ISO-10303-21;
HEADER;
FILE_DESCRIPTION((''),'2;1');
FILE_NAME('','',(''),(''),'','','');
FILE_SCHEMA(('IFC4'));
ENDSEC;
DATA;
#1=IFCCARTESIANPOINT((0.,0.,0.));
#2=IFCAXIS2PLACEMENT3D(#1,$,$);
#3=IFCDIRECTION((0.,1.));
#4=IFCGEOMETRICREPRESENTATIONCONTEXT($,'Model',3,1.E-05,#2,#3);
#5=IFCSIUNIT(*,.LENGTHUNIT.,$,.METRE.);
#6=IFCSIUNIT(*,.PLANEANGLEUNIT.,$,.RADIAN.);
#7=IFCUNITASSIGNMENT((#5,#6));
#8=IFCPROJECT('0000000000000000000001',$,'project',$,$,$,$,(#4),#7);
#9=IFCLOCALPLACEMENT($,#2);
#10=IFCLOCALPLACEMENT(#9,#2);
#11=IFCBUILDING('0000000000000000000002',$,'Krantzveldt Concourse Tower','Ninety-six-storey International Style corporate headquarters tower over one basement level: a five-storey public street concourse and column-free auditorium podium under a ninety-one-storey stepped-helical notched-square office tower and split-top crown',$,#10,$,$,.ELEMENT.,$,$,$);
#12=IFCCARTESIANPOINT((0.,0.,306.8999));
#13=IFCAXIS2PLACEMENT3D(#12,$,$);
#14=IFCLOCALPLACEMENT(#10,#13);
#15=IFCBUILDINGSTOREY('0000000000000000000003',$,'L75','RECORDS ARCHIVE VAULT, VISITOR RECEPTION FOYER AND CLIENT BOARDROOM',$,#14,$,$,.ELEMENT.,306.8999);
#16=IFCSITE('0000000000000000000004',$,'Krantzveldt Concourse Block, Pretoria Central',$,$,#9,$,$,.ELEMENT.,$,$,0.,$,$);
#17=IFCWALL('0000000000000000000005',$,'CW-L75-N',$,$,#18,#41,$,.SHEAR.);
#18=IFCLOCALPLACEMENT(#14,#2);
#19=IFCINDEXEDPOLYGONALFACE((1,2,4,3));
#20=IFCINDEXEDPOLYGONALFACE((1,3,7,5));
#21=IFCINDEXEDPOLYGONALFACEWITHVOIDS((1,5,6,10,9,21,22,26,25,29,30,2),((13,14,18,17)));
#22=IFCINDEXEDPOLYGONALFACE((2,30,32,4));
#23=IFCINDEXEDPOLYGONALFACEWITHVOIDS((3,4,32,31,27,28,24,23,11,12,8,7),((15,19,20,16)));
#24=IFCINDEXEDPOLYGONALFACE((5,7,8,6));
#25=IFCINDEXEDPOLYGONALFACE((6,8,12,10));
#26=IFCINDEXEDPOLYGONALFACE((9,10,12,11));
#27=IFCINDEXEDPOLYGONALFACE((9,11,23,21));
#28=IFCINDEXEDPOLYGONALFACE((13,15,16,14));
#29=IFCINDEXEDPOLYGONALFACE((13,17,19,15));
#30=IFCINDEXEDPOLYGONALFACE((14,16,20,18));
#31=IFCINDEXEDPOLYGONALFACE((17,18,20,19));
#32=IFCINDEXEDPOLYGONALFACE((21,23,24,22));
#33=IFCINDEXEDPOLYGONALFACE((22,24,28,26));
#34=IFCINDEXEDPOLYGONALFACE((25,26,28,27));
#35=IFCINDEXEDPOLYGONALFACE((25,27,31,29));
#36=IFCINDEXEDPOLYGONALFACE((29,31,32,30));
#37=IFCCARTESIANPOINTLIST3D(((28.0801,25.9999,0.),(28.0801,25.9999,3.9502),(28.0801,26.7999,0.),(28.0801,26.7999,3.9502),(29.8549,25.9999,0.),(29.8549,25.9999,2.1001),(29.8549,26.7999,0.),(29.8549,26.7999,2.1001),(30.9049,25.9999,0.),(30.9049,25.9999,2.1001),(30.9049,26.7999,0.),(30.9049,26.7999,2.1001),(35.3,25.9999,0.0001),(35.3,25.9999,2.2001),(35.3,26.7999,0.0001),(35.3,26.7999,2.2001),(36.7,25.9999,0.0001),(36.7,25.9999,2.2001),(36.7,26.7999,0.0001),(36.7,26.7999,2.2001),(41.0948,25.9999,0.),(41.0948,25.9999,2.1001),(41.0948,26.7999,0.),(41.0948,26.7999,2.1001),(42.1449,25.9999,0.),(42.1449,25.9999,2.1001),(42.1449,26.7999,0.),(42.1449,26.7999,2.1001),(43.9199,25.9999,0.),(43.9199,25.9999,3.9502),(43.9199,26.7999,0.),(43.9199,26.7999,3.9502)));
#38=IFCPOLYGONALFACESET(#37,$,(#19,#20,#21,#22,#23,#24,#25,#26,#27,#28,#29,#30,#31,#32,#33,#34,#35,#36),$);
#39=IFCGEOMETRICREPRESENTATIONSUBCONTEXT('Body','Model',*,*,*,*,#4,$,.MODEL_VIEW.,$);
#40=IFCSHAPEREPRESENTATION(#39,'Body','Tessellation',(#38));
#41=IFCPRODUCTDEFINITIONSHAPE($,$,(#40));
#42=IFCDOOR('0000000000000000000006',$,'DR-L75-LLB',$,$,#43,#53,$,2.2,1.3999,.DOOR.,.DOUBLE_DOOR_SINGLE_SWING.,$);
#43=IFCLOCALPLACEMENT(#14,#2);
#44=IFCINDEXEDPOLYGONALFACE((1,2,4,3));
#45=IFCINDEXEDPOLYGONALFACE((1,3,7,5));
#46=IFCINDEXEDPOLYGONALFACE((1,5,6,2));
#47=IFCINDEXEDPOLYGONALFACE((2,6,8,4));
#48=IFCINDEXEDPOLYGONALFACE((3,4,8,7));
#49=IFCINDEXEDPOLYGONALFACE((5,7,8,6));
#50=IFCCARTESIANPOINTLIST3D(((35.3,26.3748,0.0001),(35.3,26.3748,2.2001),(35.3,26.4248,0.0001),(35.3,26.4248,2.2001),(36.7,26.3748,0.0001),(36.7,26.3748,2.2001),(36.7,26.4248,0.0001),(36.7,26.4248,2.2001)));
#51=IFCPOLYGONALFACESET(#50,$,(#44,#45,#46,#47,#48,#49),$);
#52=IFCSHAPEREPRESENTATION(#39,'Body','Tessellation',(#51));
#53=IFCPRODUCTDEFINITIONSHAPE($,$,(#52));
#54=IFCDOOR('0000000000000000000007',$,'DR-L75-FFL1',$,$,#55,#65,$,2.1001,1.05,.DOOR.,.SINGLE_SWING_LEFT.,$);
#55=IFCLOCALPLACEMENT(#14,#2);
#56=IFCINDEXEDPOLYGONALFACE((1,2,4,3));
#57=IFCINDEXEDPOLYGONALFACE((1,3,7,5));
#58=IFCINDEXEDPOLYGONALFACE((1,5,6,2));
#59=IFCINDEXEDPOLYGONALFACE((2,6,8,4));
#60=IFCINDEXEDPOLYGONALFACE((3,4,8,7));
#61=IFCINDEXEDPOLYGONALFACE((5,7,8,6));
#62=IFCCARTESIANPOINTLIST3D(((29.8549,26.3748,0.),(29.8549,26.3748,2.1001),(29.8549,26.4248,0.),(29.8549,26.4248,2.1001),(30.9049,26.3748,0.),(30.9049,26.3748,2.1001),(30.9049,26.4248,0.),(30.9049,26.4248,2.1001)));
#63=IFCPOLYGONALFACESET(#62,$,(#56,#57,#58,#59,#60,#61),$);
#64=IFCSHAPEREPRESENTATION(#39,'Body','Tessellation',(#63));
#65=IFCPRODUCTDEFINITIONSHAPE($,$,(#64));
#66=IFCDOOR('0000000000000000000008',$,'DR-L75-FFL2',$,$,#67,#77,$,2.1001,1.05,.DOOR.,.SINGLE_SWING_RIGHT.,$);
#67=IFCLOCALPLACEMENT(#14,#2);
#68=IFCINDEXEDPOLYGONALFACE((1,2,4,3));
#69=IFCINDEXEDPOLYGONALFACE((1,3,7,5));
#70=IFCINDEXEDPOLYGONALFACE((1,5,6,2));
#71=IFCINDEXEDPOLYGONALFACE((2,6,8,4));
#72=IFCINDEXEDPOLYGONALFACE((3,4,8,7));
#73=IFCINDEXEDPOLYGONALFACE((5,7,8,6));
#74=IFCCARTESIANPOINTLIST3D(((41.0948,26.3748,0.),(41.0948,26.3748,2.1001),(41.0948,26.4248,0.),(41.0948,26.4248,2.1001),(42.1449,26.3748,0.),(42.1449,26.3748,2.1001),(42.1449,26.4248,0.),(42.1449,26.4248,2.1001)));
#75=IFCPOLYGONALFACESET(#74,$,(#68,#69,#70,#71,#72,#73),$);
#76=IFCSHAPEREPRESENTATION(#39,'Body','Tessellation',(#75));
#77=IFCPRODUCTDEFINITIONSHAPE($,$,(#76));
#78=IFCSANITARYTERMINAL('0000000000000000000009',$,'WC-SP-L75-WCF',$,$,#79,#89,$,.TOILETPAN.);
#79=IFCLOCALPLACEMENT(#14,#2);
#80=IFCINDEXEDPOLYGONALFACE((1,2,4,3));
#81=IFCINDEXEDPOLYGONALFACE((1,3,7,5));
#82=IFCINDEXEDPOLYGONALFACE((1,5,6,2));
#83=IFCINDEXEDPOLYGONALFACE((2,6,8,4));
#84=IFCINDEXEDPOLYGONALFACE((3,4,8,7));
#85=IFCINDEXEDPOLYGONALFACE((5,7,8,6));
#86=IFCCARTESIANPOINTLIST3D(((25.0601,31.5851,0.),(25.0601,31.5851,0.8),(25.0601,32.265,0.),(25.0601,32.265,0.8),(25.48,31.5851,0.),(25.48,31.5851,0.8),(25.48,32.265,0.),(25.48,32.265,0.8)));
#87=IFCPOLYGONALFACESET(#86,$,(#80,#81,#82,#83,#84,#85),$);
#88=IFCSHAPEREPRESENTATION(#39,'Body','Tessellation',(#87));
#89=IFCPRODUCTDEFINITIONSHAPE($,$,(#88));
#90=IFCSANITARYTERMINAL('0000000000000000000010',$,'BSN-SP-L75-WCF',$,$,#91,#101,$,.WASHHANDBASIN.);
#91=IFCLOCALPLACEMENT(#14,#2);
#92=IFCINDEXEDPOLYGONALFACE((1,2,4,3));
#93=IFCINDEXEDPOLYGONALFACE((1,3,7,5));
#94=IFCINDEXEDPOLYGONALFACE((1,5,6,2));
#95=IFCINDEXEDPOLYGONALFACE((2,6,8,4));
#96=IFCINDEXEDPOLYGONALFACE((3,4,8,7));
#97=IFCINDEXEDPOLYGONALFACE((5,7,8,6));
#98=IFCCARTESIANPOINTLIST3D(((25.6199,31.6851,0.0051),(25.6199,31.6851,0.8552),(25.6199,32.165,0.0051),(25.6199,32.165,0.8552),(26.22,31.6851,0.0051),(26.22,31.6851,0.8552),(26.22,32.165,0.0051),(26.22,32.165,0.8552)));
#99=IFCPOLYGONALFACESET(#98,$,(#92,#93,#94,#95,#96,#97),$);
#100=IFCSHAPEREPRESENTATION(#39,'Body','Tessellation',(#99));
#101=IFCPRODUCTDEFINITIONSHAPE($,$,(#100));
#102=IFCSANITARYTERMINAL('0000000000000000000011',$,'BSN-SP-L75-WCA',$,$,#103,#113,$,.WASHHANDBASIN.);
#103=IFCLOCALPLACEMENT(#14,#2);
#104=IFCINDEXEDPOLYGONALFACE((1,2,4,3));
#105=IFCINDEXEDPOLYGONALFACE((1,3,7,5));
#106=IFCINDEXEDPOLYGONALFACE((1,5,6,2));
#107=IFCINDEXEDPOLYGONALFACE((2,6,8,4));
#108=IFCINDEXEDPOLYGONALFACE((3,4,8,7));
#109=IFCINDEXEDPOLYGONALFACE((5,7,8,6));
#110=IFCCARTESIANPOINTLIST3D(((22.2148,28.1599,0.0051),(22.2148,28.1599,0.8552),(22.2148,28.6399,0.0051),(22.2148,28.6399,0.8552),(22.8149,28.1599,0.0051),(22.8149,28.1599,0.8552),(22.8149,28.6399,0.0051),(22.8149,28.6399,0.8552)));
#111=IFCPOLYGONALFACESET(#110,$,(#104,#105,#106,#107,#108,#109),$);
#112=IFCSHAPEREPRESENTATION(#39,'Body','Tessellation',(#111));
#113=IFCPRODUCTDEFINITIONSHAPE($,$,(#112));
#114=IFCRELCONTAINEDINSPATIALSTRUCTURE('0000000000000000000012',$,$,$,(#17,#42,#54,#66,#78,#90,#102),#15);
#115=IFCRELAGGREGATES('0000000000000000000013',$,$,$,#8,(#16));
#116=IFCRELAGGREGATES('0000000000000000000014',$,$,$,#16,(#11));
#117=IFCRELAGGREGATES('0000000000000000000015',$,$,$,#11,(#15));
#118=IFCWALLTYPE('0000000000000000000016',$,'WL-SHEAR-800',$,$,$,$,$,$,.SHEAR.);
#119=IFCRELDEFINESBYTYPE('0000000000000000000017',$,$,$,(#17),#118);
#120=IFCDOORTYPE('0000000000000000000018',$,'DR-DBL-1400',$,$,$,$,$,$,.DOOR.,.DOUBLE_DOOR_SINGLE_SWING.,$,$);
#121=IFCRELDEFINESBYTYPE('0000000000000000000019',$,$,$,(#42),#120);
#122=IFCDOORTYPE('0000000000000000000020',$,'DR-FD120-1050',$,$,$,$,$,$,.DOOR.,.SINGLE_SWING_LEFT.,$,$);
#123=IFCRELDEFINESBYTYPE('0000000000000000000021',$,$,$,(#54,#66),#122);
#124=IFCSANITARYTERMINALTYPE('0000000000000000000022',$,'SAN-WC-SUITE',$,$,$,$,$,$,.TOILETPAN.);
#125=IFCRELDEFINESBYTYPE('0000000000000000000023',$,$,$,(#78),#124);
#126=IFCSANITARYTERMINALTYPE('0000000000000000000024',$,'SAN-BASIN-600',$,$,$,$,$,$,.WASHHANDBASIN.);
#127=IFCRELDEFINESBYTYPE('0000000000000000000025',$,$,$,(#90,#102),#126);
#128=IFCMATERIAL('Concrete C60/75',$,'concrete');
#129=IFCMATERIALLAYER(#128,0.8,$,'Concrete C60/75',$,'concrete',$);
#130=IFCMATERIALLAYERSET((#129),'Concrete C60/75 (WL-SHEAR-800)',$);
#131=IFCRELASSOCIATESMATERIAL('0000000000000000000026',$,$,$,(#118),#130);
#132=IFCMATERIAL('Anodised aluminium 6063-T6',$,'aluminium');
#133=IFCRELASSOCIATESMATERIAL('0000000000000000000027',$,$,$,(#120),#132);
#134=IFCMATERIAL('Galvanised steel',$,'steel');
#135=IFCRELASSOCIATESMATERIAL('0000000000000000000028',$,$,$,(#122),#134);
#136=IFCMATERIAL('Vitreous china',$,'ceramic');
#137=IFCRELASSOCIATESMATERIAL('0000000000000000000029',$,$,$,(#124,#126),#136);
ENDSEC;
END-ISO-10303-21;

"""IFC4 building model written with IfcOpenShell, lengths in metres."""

from ifc_helpers import new_model, si_unit, direction, frame, frame_2d, origin, origin_2d, place, context, subcontext, project, spatial, rectangle, extrude, source, transform, mapped, material, layer, layer_set, type_object, type_shapes, element, fill, save


model = new_model("IFC4")

# Units and contexts
model_context = context("Model", 3, precision=1e-05, world=origin(), true_north=direction((0.0, 1.0)))
body_context = subcontext(model_context, "Body", "Model", "MODEL_VIEW")
ifc_project = project(units=[si_unit("LENGTHUNIT", "METRE"), si_unit("PLANEANGLEUNIT", "RADIAN")], contexts=[model_context])

# Site, building, storey
site_placement = place(None, origin())
site = spatial("IfcSite", under=ifc_project, at=site_placement, Name="Krantzveldt Concourse Block, Pretoria Central", CompositionType="ELEMENT", RefElevation=0.0)
building_placement = place(site_placement, origin())
building = spatial("IfcBuilding", under=site, at=building_placement, Name="Krantzveldt Concourse Tower", Description="Ninety-six-storey International Style corporate headquarters tower over one basement level: a five-storey public street concourse and column-free auditorium podium under a ninety-one-storey stepped-helical notched-square office tower and split-top crown", CompositionType="ELEMENT")
storey_placement = place(building_placement, frame((0.0, 0.0, 306.8999)))
storey = spatial("IfcBuildingStorey", under=building, at=storey_placement, Name="L75", Description="RECORDS ARCHIVE VAULT, VISITOR RECEPTION FOYER AND CLIENT BOARDROOM", CompositionType="ELEMENT", Elevation=306.8999)

# Wall, openings, doors
ifc_material_1 = material(Name="Concrete C60/75", Category="concrete")
ifc_layer_1 = layer(ifc_material_1, 0.8, Name="Concrete C60/75", Category="concrete")
ifc_layer_set_1 = layer_set([ifc_layer_1], Name="Concrete C60/75 (WL-SHEAR-800)")
wall_type_1 = type_object("IfcWallType", Name="WL-SHEAR-800", PredefinedType="SHEAR", material=ifc_layer_set_1)
wall_1_placement = place(storey_placement, frame((28.0801, 26.3999, 0.0), z_axis=(0.0, 0.0, 1.0), x_axis=(1.0, 0.0, 0.0)))
wall_1 = element("IfcWall", 1, at=wall_1_placement, inside=storey, type_object=wall_type_1, Name="CW-L75-N", PredefinedType="SHEAR", context=body_context, shape_type="SweptSolid", body=[
    extrude(rectangle(XDim=15.8398, YDim=0.8, at=frame_2d((7.9199, 0.0))), origin(), (0.0, 0.0, 1.0), 3.9502),
])
opening_1_placement = place(wall_1_placement, frame((7.22, 0.0, 0.0)))
opening_1 = element("IfcOpeningElement", 2, at=opening_1_placement, cuts=wall_1, PredefinedType="OPENING", context=body_context, shape_type="SweptSolid", body=[
    extrude(rectangle(XDim=1.3999, YDim=2.2, at=frame_2d((0.7, 1.1001))), frame((0.0, 0.4102, 0.0), z_axis=(0.0, -1.0, 0.0), x_axis=(1.0, 0.0, 0.0)), (0.0, 0.0, 1.0), 0.8201),
])
opening_2_placement = place(wall_1_placement, frame((1.7749, 0.0, 0.0)))
opening_2 = element("IfcOpeningElement", 3, at=opening_2_placement, cuts=wall_1, PredefinedType="OPENING", context=body_context, shape_type="SweptSolid", body=[
    extrude(rectangle(XDim=1.05, YDim=2.1001, at=frame_2d((0.5249, 1.05))), frame((0.0, 0.4102, 0.0), z_axis=(0.0, -1.0, 0.0), x_axis=(1.0, 0.0, 0.0)), (0.0, 0.0, 1.0), 0.8201),
])
opening_3_placement = place(wall_1_placement, frame((13.0149, 0.0, 0.0)))
opening_3 = element("IfcOpeningElement", 4, at=opening_3_placement, cuts=wall_1, PredefinedType="OPENING", context=body_context, shape_type="SweptSolid", body=[
    extrude(rectangle(XDim=1.05, YDim=2.1001, at=frame_2d((0.5249, 1.05))), frame((0.0, 0.4102, 0.0), z_axis=(0.0, -1.0, 0.0), x_axis=(1.0, 0.0, 0.0)), (0.0, 0.0, 1.0), 0.8201),
])
ifc_material_2 = material(Name="Anodised aluminium 6063-T6", Category="aluminium")
door_type_1 = type_object("IfcDoorType", Name="DR-DBL-1400", OperationType="DOUBLE_DOOR_SINGLE_SWING", PredefinedType="DOOR", material=ifc_material_2)
door_1_placement = place(opening_1_placement, origin())
door_1 = element("IfcDoor", 5, at=door_1_placement, inside=storey, type_object=door_type_1, Name="DR-L75-LLB", OperationType="DOUBLE_DOOR_SINGLE_SWING", OverallHeight=2.2, OverallWidth=1.3999, PredefinedType="DOOR", context=body_context, shape_type="SweptSolid", body=[
    extrude(rectangle(XDim=1.3999, YDim=2.2, at=frame_2d((0.7, 1.1001))), frame((0.0, 0.0249, 0.0), z_axis=(0.0, -1.0, 0.0), x_axis=(1.0, 0.0, 0.0)), (0.0, 0.0, 1.0), 0.05),
])
fill(opening_1, door_1)
ifc_material_3 = material(Name="Galvanised steel", Category="steel")
door_type_2 = type_object("IfcDoorType", Name="DR-FD120-1050", OperationType="SINGLE_SWING_LEFT", PredefinedType="DOOR", material=ifc_material_3)
door_2_placement = place(opening_2_placement, origin())
door_2 = element("IfcDoor", 6, at=door_2_placement, inside=storey, type_object=door_type_2, Name="DR-L75-FFL1", OperationType="SINGLE_SWING_LEFT", OverallHeight=2.1001, OverallWidth=1.05, PredefinedType="DOOR", context=body_context, shape_type="SweptSolid", body=[
    extrude(rectangle(XDim=1.05, YDim=2.1001, at=frame_2d((0.5249, 1.05))), frame((0.0, 0.0249, 0.0), z_axis=(0.0, -1.0, 0.0), x_axis=(1.0, 0.0, 0.0)), (0.0, 0.0, 1.0), 0.05),
])
fill(opening_2, door_2)
door_3_placement = place(opening_3_placement, origin())
door_3 = element("IfcDoor", 7, at=door_3_placement, inside=storey, type_object=door_type_2, Name="DR-L75-FFL2", OperationType="SINGLE_SWING_RIGHT", OverallHeight=2.1001, OverallWidth=1.05, PredefinedType="DOOR", context=body_context, shape_type="SweptSolid", body=[
    extrude(rectangle(XDim=1.05, YDim=2.1001, at=frame_2d((0.5249, 1.05))), frame((0.0, 0.0249, 0.0), z_axis=(0.0, -1.0, 0.0), x_axis=(1.0, 0.0, 0.0)), (0.0, 0.0, 1.0), 0.05),
])
fill(opening_3, door_3)

# Sanitary terminals
ifc_material_4 = material(Name="Vitreous china", Category="ceramic")
sanitary_terminal_type_1 = type_object("IfcSanitaryTerminalType", Name="SAN-WC-SUITE", PredefinedType="TOILETPAN", material=ifc_material_4)
shared_shape_1 = source(origin(), body_context, "Body", "SweptSolid", [
    extrude(rectangle(XDim=0.4199, YDim=0.6799, at=origin_2d()), origin(), (0.0, 0.0, 1.0), 0.8),
])
type_shapes(sanitary_terminal_type_1, [shared_shape_1])
sanitary_terminal_placement = place(storey_placement, frame((25.27, 31.925, 0.0), z_axis=(0.0, 0.0, 1.0), x_axis=(1.0, 0.0, 0.0)))
element("IfcSanitaryTerminal", 8, at=sanitary_terminal_placement, inside=storey, type_object=sanitary_terminal_type_1, Name="WC-SP-L75-WCF", PredefinedType="TOILETPAN", context=body_context, shape_type="MappedRepresentation", body=[
    mapped(shared_shape_1, transform((0.0, 0.0, 0.0), x_axis=(1.0, 0.0, 0.0), y_axis=(0.0, 1.0, 0.0), z_axis=(0.0, 0.0, 1.0), scale=1.0)),
])
sanitary_terminal_type_2 = type_object("IfcSanitaryTerminalType", Name="SAN-BASIN-600", PredefinedType="WASHHANDBASIN", material=ifc_material_4)
shared_shape_2 = source(origin(), body_context, "Body", "SweptSolid", [
    extrude(rectangle(XDim=0.6001, YDim=0.48, at=origin_2d()), origin(), (0.0, 0.0, 1.0), 0.8501),
])
type_shapes(sanitary_terminal_type_2, [shared_shape_2])
for number, where, z_axis, x_axis, name in (
    (9, (25.9199, 31.925, 0.0051), (0.0, 0.0, 1.0), (1.0, 0.0, 0.0), "BSN-SP-L75-WCF"),
    (10, (22.5149, 28.3999, 0.0051), (0.0, 0.0, 1.0), (1.0, 0.0, 0.0), "BSN-SP-L75-WCA"),
):
    element("IfcSanitaryTerminal", number, at=place(storey_placement, frame(where, z_axis=z_axis, x_axis=x_axis)), inside=storey, type_object=sanitary_terminal_type_2, Name=name, PredefinedType="WASHHANDBASIN", context=body_context, shape_type="MappedRepresentation", body=[
        mapped(shared_shape_2, transform((0.0, 0.0, 0.0), x_axis=(1.0, 0.0, 0.0), y_axis=(0.0, 1.0, 0.0), z_axis=(0.0, 0.0, 1.0), scale=1.0)),
    ])

save(model, "model.ifc")
